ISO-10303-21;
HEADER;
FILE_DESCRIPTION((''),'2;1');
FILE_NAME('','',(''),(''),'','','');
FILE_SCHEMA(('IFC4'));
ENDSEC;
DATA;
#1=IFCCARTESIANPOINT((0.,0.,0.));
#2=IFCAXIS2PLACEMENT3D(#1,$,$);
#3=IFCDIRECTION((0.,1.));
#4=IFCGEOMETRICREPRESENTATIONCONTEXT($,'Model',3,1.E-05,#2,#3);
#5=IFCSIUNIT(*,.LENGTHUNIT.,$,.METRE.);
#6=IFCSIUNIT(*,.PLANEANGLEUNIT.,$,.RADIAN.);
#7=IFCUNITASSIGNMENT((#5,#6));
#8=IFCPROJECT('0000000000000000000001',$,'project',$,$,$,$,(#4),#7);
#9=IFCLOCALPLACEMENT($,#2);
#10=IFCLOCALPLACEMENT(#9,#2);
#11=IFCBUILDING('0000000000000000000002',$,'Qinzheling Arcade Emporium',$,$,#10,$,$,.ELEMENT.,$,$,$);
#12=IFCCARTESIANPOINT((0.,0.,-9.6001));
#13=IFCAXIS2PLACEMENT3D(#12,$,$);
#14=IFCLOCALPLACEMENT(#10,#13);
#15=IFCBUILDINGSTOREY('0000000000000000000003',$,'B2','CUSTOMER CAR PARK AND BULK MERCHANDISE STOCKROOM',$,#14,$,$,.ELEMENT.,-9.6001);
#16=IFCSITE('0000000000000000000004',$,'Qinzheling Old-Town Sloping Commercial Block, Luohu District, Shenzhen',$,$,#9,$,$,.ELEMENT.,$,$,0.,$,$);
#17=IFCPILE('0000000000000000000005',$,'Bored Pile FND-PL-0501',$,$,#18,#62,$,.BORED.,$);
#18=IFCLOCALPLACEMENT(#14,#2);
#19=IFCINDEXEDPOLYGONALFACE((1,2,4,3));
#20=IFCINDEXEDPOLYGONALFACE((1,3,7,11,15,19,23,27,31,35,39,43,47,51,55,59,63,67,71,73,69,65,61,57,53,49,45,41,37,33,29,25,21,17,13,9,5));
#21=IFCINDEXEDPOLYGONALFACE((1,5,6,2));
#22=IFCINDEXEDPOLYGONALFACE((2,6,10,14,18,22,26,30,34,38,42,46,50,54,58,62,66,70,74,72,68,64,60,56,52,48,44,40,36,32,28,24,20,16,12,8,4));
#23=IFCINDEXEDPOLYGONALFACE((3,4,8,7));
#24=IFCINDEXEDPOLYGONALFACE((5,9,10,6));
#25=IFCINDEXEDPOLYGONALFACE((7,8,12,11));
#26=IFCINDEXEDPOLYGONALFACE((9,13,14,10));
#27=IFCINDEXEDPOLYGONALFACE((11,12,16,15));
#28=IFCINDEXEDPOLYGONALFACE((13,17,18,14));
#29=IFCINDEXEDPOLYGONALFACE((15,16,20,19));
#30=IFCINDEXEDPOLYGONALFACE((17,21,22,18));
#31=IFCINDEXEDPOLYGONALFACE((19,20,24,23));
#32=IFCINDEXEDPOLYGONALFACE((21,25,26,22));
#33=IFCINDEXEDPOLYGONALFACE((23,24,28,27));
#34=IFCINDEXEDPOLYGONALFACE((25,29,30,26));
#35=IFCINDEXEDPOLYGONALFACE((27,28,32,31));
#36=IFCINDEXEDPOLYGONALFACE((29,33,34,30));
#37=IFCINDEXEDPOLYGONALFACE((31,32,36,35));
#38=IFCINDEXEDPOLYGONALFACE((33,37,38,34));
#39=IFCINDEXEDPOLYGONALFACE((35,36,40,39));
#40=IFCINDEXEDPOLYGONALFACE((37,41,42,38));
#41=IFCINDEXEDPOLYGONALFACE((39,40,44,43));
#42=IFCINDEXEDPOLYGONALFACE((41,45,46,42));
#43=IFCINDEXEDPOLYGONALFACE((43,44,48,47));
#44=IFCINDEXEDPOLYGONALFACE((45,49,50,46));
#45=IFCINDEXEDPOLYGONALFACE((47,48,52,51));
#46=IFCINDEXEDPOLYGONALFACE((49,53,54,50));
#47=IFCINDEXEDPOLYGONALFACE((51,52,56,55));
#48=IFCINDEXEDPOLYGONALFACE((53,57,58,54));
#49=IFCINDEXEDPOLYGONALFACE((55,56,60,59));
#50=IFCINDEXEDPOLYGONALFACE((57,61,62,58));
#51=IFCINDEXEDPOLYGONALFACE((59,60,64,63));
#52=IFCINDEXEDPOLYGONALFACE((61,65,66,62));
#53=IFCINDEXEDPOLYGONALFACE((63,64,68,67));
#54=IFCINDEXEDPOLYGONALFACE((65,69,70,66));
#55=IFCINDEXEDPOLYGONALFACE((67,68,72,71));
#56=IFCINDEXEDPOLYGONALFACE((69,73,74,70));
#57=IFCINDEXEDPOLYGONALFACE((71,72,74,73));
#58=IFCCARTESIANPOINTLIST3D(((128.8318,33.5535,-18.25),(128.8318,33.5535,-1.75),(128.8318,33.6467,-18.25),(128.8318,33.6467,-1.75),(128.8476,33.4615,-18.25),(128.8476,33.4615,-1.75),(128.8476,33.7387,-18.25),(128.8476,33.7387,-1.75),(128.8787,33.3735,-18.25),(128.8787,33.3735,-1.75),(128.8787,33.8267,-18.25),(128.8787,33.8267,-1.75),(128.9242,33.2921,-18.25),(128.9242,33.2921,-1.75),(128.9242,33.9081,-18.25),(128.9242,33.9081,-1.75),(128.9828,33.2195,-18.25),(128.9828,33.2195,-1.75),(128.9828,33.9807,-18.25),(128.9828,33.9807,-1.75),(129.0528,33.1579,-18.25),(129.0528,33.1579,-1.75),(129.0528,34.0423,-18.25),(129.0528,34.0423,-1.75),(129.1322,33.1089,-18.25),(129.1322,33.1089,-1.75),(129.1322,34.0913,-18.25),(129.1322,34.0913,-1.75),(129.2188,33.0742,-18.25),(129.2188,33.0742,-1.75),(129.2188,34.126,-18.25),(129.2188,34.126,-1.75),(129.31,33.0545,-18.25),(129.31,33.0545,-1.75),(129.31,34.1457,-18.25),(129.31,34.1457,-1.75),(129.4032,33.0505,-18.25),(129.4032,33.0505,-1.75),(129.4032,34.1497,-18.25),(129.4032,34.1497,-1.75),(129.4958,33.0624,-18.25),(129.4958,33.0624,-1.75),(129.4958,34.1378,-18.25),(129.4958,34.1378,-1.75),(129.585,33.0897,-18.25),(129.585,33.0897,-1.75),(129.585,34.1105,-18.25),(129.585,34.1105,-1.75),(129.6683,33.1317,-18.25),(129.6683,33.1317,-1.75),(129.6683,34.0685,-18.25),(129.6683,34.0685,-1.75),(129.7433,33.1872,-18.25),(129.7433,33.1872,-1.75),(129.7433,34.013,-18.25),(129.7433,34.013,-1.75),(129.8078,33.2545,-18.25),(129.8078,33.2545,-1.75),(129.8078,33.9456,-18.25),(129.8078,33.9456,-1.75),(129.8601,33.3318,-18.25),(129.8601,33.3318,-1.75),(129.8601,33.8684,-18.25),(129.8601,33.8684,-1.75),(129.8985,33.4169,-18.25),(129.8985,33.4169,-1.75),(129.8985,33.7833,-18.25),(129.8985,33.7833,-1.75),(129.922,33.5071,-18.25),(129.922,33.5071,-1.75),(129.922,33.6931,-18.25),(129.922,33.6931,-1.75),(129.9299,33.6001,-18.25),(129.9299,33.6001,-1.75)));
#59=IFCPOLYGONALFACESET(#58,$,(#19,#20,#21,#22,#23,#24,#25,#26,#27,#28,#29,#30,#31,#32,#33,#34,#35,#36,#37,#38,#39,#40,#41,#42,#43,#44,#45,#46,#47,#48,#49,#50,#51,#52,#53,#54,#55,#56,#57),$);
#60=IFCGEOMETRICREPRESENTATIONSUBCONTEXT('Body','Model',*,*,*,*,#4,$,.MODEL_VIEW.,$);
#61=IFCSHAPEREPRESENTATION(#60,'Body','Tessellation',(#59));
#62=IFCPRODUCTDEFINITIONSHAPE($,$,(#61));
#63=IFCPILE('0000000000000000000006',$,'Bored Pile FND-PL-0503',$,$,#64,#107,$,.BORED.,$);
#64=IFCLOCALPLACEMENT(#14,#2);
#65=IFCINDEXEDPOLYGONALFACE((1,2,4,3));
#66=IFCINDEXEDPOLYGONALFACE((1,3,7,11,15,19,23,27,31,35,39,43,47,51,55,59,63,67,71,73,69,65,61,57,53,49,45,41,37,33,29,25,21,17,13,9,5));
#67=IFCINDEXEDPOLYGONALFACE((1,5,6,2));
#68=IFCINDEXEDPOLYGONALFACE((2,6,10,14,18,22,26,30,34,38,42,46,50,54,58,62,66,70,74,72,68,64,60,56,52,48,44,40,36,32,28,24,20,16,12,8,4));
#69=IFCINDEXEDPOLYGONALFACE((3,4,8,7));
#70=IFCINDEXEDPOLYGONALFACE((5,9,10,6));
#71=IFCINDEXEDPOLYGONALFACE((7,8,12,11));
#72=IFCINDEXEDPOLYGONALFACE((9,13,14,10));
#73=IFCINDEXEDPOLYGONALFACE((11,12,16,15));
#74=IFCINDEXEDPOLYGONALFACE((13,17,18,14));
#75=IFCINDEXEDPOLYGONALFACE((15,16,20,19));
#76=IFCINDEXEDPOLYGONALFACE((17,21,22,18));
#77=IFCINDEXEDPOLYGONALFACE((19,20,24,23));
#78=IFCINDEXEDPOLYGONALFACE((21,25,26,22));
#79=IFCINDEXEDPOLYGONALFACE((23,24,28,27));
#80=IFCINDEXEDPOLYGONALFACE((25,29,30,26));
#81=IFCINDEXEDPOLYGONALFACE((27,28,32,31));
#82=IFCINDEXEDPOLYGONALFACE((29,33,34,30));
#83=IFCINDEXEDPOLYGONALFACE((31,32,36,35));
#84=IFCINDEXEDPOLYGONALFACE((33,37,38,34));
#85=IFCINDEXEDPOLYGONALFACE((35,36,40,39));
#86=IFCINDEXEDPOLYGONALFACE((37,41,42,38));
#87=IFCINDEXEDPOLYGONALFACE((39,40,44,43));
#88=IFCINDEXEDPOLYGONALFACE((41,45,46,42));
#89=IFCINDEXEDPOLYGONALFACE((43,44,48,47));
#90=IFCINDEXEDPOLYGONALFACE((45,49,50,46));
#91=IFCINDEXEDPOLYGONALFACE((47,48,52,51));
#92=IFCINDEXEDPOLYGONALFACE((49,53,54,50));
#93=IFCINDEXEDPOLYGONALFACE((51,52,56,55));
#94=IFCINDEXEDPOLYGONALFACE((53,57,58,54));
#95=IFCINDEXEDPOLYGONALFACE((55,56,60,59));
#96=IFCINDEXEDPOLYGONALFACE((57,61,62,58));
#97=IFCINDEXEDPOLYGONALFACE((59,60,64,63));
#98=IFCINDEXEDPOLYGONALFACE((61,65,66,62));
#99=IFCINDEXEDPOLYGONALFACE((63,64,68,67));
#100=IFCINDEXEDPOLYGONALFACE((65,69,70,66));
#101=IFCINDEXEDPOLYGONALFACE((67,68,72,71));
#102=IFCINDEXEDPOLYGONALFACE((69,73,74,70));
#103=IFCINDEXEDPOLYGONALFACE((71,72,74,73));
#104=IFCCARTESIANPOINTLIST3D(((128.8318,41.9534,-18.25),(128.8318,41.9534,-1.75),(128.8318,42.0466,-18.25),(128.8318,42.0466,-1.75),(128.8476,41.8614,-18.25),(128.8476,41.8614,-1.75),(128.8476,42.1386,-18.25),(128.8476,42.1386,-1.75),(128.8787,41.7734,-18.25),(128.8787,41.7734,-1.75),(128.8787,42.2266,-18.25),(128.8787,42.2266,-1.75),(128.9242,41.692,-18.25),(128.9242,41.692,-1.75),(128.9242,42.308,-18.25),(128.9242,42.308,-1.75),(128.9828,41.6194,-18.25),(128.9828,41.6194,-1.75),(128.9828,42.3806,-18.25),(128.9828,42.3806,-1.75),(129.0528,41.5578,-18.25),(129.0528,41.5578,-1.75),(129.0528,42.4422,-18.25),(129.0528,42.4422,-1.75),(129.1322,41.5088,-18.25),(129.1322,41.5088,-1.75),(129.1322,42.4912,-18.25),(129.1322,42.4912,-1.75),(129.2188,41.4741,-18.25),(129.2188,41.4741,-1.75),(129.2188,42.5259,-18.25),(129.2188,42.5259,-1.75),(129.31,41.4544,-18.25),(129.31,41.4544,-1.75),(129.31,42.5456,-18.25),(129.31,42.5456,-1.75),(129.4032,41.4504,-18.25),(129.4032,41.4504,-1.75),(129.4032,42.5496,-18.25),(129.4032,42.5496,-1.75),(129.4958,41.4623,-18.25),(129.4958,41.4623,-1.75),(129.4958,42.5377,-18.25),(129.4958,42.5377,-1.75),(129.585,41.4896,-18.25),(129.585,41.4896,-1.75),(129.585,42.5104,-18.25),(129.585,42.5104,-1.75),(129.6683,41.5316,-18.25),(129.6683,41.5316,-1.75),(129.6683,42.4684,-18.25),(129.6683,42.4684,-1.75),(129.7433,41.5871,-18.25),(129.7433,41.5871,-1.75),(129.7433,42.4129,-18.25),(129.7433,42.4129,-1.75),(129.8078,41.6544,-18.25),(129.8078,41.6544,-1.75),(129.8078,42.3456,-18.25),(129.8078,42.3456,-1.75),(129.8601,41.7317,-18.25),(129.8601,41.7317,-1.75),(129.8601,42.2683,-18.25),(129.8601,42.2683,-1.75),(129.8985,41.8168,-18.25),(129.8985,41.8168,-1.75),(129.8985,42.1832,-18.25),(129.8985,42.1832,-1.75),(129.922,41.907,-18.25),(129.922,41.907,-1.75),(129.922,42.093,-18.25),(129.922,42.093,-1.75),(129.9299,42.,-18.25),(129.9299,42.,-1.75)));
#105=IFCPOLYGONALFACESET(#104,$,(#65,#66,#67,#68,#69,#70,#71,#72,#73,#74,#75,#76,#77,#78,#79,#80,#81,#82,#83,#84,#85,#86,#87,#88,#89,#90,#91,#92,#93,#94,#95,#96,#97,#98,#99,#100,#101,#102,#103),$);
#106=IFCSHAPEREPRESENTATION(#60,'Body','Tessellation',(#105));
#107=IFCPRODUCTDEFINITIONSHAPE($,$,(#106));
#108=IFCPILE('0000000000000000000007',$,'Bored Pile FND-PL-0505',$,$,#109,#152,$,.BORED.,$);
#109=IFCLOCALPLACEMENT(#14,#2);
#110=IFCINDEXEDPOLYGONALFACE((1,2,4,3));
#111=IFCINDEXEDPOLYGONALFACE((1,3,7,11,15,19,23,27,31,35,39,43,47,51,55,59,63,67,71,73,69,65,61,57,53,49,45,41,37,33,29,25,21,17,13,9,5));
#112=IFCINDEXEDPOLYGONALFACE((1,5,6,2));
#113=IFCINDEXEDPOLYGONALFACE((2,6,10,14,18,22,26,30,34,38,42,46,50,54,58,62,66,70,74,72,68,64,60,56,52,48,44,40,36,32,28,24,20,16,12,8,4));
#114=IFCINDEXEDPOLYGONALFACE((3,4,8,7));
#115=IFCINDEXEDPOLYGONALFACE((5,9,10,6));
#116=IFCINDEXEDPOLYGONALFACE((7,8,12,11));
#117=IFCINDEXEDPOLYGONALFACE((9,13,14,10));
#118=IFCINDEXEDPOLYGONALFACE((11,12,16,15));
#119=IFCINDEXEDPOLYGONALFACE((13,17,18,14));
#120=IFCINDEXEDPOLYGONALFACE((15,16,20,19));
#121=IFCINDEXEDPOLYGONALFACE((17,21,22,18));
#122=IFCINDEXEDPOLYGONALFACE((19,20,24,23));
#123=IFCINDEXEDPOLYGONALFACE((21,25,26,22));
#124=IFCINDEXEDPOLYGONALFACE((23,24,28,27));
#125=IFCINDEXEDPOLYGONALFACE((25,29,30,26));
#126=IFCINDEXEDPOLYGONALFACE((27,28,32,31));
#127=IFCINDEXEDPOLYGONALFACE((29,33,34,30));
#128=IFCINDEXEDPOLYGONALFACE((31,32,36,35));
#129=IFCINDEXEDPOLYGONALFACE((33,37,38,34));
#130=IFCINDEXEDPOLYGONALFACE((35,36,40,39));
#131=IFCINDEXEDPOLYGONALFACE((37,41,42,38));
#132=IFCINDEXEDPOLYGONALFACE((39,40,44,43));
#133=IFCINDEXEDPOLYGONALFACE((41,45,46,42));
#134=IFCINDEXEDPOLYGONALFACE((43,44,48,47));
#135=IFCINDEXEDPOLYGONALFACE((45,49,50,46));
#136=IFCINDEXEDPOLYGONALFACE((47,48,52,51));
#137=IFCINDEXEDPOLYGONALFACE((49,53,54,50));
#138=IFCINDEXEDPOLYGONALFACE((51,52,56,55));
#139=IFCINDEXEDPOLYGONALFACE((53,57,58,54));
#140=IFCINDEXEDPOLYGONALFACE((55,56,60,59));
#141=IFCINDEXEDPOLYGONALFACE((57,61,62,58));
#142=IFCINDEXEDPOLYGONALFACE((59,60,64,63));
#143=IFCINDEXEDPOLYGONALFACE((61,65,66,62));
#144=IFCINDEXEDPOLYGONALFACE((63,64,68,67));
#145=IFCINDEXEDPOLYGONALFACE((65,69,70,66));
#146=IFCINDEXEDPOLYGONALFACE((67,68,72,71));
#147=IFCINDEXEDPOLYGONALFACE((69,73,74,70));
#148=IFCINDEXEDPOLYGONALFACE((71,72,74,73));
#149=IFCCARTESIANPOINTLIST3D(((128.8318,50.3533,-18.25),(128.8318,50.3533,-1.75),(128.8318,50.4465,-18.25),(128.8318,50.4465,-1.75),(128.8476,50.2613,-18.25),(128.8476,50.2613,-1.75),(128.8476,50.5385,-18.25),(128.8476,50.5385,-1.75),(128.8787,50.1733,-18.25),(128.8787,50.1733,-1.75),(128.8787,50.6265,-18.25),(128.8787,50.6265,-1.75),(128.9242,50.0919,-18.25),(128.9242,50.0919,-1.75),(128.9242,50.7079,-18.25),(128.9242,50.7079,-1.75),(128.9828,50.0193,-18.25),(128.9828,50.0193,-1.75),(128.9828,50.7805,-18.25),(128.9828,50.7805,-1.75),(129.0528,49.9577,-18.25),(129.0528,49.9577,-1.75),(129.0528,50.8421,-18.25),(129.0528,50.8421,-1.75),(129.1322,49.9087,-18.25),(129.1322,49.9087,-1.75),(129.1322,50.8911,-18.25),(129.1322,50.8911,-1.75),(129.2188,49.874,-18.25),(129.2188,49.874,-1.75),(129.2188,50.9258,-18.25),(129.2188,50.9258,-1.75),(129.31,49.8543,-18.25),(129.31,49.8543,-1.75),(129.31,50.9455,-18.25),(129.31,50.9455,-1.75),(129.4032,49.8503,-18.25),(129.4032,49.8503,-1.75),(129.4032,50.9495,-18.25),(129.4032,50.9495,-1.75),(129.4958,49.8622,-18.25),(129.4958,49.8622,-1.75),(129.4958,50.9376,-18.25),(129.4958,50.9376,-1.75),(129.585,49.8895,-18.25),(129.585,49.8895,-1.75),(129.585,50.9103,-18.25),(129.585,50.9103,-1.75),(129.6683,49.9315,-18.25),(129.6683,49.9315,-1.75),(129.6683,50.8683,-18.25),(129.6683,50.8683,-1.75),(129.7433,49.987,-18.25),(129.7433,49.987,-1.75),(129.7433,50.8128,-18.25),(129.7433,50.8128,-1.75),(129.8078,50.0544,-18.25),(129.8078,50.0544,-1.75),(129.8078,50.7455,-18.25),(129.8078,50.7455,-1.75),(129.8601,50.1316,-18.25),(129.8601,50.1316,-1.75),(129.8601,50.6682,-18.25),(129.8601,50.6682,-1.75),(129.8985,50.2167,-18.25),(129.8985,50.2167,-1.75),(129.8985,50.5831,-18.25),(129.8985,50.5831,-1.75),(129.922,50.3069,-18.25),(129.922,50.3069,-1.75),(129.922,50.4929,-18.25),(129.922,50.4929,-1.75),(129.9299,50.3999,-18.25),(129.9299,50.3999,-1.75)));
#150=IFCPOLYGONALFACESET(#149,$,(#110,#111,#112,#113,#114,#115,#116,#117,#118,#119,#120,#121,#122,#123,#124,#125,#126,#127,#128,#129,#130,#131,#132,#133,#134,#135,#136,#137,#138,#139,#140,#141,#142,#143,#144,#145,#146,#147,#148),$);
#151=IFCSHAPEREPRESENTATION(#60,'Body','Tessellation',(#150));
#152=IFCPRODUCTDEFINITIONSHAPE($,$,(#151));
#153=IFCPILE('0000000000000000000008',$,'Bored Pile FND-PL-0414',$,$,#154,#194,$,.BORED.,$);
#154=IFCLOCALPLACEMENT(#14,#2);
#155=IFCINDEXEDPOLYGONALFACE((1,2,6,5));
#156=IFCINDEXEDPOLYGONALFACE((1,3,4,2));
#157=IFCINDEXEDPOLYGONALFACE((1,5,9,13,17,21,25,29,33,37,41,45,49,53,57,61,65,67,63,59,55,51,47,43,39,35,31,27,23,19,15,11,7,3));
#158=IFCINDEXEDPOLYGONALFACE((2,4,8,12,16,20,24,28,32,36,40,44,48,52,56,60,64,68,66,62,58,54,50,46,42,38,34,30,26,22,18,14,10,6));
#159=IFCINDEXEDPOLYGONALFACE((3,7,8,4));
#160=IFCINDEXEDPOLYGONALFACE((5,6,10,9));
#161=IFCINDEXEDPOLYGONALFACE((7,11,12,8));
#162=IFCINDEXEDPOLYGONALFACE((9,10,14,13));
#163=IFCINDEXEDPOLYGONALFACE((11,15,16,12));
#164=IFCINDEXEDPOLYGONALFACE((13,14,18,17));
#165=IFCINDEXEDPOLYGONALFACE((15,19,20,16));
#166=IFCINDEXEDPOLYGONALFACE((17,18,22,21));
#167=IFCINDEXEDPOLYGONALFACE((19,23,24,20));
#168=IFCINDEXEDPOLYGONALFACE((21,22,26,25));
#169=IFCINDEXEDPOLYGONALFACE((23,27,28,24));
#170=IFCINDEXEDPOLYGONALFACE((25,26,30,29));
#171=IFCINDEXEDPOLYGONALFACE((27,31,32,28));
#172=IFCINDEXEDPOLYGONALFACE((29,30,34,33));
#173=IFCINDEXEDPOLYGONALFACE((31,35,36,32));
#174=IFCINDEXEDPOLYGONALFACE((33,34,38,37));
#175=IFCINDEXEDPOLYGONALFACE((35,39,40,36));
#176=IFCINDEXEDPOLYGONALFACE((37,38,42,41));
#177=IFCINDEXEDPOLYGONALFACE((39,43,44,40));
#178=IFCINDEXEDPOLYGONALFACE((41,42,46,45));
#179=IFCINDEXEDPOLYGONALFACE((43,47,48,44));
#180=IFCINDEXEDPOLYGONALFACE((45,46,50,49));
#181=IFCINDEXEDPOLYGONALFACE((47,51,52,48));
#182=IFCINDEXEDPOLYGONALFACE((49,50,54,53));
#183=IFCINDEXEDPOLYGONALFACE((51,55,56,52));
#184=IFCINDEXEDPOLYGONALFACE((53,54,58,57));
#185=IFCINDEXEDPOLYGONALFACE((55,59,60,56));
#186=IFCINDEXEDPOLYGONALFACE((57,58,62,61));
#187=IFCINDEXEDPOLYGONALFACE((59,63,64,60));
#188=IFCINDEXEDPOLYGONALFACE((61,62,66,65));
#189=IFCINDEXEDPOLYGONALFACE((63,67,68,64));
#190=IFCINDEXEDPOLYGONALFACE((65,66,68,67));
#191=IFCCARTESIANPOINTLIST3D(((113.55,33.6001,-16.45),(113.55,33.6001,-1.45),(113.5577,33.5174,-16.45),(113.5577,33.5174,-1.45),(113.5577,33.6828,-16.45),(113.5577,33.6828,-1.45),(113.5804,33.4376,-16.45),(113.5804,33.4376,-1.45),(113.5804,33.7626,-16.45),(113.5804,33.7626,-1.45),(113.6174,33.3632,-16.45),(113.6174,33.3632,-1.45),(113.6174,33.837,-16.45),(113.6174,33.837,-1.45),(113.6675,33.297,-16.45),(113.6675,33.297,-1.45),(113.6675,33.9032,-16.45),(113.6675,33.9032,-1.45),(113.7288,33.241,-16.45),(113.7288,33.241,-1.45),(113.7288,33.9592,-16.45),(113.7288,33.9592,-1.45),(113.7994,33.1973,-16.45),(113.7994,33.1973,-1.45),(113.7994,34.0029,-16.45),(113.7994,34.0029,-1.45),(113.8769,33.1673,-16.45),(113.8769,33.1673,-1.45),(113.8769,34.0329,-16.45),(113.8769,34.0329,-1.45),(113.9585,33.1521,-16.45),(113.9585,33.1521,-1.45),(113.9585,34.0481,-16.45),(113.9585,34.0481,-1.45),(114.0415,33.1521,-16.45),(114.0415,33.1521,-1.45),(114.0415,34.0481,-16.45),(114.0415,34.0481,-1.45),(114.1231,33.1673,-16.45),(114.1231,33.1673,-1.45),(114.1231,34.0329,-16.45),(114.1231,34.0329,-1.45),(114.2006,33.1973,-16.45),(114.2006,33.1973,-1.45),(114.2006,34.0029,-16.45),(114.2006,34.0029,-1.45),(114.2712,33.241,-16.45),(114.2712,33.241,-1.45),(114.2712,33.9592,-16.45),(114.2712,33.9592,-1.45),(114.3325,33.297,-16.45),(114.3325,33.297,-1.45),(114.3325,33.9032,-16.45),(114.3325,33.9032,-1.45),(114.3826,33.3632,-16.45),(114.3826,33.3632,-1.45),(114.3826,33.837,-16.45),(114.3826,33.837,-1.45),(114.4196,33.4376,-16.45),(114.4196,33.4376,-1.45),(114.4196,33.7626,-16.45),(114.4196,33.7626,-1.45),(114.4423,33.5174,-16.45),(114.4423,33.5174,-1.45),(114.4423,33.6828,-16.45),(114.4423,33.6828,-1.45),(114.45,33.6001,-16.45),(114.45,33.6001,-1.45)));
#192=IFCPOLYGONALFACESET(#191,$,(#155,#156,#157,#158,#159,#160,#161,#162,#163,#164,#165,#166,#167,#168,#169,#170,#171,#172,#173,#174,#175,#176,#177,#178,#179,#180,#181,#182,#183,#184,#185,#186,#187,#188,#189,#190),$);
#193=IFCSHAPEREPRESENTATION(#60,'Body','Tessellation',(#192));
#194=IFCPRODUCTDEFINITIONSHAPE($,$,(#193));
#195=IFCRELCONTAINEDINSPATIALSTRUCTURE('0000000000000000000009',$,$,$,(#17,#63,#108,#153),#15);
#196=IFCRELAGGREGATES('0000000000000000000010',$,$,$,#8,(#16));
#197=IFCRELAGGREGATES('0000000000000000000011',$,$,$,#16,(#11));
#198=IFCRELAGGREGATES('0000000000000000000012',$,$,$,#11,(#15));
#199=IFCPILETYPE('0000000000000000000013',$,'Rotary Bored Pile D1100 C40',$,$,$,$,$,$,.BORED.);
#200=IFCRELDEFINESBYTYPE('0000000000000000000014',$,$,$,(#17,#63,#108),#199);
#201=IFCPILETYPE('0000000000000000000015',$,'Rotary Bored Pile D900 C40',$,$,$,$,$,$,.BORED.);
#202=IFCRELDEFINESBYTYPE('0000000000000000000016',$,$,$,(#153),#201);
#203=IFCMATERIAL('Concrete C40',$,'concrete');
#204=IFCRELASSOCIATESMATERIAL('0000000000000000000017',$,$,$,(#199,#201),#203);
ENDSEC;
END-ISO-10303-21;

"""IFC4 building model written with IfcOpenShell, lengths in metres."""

from ifc_helpers import new_model, si_unit, direction, frame, origin, origin_2d, place, context, subcontext, project, spatial, circle, extrude, material, material_profile, profile_set, type_object, element, save


model = new_model("IFC4")

# Units and contexts
model_context = context("Model", 3, precision=1e-05, world=origin(), true_north=direction((0.0, 1.0)))
body_context = subcontext(model_context, "Body", "Model", "MODEL_VIEW")
ifc_project = project(units=[si_unit("LENGTHUNIT", "METRE"), si_unit("PLANEANGLEUNIT", "RADIAN")], contexts=[model_context])

# Site, building, storey
site_placement = place(None, origin())
site = spatial("IfcSite", under=ifc_project, at=site_placement, Name="Qinzheling Old-Town Sloping Commercial Block, Luohu District, Shenzhen", CompositionType="ELEMENT", RefElevation=0.0)
building_placement = place(site_placement, origin())
building = spatial("IfcBuilding", under=site, at=building_placement, Name="Qinzheling Arcade Emporium", CompositionType="ELEMENT")
storey_placement = place(building_placement, frame((0.0, 0.0, -9.6001)))
storey = spatial("IfcBuildingStorey", under=building, at=storey_placement, Name="B2", Description="CUSTOMER CAR PARK AND BULK MERCHANDISE STOCKROOM", CompositionType="ELEMENT", Elevation=-9.6001)

# Shared definitions
ifc_material_1 = material(Name="Concrete C40", Category="concrete")

# Piles
ifc_material_profile_1 = material_profile(ifc_material_1, circle(Radius=0.55, at=origin_2d()), Name="BORED D1100", Category="concrete")
ifc_profile_set_1 = profile_set([ifc_material_profile_1], Name="Concrete C40")
pile_type_1 = type_object("IfcPileType", Name="Rotary Bored Pile D1100 C40", PredefinedType="BORED", material=ifc_profile_set_1)
for number, where, z_axis, x_axis, name in (
    (1, (129.3799, 33.6001, -1.75), (0.0, 0.0, -1.0), (1.0, 0.0, 0.0), "Bored Pile FND-PL-0501"),
    (2, (129.3799, 42.0, -1.75), (0.0, 0.0, -1.0), (1.0, 0.0, 0.0), "Bored Pile FND-PL-0503"),
    (3, (129.3799, 50.3999, -1.75), (0.0, 0.0, -1.0), (1.0, 0.0, 0.0), "Bored Pile FND-PL-0505"),
):
    element("IfcPile", number, at=place(storey_placement, frame(where, z_axis=z_axis, x_axis=x_axis)), inside=storey, type_object=pile_type_1, Name=name, PredefinedType="BORED", context=body_context, shape_type="SweptSolid", body=[
        extrude(circle(Radius=0.55, at=origin_2d()), origin(), (0.0, 0.0, 1.0), 16.5),
    ])
ifc_material_profile_2 = material_profile(ifc_material_1, circle(Radius=0.45, at=origin_2d()), Name="BORED D900", Category="concrete")
ifc_profile_set_2 = profile_set([ifc_material_profile_2], Name="Concrete C40")
pile_type_2 = type_object("IfcPileType", Name="Rotary Bored Pile D900 C40", PredefinedType="BORED", material=ifc_profile_set_2)
for number, where, z_axis, x_axis, name in (
    (4, (114.0, 33.6001, -1.45), (0.0, 0.0, -1.0), (1.0, 0.0, 0.0), "Bored Pile FND-PL-0414"),
):
    element("IfcPile", number, at=place(storey_placement, frame(where, z_axis=z_axis, x_axis=x_axis)), inside=storey, type_object=pile_type_2, Name=name, PredefinedType="BORED", context=body_context, shape_type="SweptSolid", body=[
        extrude(circle(Radius=0.45, at=origin_2d()), origin(), (0.0, 0.0, 1.0), 15.0),
    ])

save(model, "model.ifc")
